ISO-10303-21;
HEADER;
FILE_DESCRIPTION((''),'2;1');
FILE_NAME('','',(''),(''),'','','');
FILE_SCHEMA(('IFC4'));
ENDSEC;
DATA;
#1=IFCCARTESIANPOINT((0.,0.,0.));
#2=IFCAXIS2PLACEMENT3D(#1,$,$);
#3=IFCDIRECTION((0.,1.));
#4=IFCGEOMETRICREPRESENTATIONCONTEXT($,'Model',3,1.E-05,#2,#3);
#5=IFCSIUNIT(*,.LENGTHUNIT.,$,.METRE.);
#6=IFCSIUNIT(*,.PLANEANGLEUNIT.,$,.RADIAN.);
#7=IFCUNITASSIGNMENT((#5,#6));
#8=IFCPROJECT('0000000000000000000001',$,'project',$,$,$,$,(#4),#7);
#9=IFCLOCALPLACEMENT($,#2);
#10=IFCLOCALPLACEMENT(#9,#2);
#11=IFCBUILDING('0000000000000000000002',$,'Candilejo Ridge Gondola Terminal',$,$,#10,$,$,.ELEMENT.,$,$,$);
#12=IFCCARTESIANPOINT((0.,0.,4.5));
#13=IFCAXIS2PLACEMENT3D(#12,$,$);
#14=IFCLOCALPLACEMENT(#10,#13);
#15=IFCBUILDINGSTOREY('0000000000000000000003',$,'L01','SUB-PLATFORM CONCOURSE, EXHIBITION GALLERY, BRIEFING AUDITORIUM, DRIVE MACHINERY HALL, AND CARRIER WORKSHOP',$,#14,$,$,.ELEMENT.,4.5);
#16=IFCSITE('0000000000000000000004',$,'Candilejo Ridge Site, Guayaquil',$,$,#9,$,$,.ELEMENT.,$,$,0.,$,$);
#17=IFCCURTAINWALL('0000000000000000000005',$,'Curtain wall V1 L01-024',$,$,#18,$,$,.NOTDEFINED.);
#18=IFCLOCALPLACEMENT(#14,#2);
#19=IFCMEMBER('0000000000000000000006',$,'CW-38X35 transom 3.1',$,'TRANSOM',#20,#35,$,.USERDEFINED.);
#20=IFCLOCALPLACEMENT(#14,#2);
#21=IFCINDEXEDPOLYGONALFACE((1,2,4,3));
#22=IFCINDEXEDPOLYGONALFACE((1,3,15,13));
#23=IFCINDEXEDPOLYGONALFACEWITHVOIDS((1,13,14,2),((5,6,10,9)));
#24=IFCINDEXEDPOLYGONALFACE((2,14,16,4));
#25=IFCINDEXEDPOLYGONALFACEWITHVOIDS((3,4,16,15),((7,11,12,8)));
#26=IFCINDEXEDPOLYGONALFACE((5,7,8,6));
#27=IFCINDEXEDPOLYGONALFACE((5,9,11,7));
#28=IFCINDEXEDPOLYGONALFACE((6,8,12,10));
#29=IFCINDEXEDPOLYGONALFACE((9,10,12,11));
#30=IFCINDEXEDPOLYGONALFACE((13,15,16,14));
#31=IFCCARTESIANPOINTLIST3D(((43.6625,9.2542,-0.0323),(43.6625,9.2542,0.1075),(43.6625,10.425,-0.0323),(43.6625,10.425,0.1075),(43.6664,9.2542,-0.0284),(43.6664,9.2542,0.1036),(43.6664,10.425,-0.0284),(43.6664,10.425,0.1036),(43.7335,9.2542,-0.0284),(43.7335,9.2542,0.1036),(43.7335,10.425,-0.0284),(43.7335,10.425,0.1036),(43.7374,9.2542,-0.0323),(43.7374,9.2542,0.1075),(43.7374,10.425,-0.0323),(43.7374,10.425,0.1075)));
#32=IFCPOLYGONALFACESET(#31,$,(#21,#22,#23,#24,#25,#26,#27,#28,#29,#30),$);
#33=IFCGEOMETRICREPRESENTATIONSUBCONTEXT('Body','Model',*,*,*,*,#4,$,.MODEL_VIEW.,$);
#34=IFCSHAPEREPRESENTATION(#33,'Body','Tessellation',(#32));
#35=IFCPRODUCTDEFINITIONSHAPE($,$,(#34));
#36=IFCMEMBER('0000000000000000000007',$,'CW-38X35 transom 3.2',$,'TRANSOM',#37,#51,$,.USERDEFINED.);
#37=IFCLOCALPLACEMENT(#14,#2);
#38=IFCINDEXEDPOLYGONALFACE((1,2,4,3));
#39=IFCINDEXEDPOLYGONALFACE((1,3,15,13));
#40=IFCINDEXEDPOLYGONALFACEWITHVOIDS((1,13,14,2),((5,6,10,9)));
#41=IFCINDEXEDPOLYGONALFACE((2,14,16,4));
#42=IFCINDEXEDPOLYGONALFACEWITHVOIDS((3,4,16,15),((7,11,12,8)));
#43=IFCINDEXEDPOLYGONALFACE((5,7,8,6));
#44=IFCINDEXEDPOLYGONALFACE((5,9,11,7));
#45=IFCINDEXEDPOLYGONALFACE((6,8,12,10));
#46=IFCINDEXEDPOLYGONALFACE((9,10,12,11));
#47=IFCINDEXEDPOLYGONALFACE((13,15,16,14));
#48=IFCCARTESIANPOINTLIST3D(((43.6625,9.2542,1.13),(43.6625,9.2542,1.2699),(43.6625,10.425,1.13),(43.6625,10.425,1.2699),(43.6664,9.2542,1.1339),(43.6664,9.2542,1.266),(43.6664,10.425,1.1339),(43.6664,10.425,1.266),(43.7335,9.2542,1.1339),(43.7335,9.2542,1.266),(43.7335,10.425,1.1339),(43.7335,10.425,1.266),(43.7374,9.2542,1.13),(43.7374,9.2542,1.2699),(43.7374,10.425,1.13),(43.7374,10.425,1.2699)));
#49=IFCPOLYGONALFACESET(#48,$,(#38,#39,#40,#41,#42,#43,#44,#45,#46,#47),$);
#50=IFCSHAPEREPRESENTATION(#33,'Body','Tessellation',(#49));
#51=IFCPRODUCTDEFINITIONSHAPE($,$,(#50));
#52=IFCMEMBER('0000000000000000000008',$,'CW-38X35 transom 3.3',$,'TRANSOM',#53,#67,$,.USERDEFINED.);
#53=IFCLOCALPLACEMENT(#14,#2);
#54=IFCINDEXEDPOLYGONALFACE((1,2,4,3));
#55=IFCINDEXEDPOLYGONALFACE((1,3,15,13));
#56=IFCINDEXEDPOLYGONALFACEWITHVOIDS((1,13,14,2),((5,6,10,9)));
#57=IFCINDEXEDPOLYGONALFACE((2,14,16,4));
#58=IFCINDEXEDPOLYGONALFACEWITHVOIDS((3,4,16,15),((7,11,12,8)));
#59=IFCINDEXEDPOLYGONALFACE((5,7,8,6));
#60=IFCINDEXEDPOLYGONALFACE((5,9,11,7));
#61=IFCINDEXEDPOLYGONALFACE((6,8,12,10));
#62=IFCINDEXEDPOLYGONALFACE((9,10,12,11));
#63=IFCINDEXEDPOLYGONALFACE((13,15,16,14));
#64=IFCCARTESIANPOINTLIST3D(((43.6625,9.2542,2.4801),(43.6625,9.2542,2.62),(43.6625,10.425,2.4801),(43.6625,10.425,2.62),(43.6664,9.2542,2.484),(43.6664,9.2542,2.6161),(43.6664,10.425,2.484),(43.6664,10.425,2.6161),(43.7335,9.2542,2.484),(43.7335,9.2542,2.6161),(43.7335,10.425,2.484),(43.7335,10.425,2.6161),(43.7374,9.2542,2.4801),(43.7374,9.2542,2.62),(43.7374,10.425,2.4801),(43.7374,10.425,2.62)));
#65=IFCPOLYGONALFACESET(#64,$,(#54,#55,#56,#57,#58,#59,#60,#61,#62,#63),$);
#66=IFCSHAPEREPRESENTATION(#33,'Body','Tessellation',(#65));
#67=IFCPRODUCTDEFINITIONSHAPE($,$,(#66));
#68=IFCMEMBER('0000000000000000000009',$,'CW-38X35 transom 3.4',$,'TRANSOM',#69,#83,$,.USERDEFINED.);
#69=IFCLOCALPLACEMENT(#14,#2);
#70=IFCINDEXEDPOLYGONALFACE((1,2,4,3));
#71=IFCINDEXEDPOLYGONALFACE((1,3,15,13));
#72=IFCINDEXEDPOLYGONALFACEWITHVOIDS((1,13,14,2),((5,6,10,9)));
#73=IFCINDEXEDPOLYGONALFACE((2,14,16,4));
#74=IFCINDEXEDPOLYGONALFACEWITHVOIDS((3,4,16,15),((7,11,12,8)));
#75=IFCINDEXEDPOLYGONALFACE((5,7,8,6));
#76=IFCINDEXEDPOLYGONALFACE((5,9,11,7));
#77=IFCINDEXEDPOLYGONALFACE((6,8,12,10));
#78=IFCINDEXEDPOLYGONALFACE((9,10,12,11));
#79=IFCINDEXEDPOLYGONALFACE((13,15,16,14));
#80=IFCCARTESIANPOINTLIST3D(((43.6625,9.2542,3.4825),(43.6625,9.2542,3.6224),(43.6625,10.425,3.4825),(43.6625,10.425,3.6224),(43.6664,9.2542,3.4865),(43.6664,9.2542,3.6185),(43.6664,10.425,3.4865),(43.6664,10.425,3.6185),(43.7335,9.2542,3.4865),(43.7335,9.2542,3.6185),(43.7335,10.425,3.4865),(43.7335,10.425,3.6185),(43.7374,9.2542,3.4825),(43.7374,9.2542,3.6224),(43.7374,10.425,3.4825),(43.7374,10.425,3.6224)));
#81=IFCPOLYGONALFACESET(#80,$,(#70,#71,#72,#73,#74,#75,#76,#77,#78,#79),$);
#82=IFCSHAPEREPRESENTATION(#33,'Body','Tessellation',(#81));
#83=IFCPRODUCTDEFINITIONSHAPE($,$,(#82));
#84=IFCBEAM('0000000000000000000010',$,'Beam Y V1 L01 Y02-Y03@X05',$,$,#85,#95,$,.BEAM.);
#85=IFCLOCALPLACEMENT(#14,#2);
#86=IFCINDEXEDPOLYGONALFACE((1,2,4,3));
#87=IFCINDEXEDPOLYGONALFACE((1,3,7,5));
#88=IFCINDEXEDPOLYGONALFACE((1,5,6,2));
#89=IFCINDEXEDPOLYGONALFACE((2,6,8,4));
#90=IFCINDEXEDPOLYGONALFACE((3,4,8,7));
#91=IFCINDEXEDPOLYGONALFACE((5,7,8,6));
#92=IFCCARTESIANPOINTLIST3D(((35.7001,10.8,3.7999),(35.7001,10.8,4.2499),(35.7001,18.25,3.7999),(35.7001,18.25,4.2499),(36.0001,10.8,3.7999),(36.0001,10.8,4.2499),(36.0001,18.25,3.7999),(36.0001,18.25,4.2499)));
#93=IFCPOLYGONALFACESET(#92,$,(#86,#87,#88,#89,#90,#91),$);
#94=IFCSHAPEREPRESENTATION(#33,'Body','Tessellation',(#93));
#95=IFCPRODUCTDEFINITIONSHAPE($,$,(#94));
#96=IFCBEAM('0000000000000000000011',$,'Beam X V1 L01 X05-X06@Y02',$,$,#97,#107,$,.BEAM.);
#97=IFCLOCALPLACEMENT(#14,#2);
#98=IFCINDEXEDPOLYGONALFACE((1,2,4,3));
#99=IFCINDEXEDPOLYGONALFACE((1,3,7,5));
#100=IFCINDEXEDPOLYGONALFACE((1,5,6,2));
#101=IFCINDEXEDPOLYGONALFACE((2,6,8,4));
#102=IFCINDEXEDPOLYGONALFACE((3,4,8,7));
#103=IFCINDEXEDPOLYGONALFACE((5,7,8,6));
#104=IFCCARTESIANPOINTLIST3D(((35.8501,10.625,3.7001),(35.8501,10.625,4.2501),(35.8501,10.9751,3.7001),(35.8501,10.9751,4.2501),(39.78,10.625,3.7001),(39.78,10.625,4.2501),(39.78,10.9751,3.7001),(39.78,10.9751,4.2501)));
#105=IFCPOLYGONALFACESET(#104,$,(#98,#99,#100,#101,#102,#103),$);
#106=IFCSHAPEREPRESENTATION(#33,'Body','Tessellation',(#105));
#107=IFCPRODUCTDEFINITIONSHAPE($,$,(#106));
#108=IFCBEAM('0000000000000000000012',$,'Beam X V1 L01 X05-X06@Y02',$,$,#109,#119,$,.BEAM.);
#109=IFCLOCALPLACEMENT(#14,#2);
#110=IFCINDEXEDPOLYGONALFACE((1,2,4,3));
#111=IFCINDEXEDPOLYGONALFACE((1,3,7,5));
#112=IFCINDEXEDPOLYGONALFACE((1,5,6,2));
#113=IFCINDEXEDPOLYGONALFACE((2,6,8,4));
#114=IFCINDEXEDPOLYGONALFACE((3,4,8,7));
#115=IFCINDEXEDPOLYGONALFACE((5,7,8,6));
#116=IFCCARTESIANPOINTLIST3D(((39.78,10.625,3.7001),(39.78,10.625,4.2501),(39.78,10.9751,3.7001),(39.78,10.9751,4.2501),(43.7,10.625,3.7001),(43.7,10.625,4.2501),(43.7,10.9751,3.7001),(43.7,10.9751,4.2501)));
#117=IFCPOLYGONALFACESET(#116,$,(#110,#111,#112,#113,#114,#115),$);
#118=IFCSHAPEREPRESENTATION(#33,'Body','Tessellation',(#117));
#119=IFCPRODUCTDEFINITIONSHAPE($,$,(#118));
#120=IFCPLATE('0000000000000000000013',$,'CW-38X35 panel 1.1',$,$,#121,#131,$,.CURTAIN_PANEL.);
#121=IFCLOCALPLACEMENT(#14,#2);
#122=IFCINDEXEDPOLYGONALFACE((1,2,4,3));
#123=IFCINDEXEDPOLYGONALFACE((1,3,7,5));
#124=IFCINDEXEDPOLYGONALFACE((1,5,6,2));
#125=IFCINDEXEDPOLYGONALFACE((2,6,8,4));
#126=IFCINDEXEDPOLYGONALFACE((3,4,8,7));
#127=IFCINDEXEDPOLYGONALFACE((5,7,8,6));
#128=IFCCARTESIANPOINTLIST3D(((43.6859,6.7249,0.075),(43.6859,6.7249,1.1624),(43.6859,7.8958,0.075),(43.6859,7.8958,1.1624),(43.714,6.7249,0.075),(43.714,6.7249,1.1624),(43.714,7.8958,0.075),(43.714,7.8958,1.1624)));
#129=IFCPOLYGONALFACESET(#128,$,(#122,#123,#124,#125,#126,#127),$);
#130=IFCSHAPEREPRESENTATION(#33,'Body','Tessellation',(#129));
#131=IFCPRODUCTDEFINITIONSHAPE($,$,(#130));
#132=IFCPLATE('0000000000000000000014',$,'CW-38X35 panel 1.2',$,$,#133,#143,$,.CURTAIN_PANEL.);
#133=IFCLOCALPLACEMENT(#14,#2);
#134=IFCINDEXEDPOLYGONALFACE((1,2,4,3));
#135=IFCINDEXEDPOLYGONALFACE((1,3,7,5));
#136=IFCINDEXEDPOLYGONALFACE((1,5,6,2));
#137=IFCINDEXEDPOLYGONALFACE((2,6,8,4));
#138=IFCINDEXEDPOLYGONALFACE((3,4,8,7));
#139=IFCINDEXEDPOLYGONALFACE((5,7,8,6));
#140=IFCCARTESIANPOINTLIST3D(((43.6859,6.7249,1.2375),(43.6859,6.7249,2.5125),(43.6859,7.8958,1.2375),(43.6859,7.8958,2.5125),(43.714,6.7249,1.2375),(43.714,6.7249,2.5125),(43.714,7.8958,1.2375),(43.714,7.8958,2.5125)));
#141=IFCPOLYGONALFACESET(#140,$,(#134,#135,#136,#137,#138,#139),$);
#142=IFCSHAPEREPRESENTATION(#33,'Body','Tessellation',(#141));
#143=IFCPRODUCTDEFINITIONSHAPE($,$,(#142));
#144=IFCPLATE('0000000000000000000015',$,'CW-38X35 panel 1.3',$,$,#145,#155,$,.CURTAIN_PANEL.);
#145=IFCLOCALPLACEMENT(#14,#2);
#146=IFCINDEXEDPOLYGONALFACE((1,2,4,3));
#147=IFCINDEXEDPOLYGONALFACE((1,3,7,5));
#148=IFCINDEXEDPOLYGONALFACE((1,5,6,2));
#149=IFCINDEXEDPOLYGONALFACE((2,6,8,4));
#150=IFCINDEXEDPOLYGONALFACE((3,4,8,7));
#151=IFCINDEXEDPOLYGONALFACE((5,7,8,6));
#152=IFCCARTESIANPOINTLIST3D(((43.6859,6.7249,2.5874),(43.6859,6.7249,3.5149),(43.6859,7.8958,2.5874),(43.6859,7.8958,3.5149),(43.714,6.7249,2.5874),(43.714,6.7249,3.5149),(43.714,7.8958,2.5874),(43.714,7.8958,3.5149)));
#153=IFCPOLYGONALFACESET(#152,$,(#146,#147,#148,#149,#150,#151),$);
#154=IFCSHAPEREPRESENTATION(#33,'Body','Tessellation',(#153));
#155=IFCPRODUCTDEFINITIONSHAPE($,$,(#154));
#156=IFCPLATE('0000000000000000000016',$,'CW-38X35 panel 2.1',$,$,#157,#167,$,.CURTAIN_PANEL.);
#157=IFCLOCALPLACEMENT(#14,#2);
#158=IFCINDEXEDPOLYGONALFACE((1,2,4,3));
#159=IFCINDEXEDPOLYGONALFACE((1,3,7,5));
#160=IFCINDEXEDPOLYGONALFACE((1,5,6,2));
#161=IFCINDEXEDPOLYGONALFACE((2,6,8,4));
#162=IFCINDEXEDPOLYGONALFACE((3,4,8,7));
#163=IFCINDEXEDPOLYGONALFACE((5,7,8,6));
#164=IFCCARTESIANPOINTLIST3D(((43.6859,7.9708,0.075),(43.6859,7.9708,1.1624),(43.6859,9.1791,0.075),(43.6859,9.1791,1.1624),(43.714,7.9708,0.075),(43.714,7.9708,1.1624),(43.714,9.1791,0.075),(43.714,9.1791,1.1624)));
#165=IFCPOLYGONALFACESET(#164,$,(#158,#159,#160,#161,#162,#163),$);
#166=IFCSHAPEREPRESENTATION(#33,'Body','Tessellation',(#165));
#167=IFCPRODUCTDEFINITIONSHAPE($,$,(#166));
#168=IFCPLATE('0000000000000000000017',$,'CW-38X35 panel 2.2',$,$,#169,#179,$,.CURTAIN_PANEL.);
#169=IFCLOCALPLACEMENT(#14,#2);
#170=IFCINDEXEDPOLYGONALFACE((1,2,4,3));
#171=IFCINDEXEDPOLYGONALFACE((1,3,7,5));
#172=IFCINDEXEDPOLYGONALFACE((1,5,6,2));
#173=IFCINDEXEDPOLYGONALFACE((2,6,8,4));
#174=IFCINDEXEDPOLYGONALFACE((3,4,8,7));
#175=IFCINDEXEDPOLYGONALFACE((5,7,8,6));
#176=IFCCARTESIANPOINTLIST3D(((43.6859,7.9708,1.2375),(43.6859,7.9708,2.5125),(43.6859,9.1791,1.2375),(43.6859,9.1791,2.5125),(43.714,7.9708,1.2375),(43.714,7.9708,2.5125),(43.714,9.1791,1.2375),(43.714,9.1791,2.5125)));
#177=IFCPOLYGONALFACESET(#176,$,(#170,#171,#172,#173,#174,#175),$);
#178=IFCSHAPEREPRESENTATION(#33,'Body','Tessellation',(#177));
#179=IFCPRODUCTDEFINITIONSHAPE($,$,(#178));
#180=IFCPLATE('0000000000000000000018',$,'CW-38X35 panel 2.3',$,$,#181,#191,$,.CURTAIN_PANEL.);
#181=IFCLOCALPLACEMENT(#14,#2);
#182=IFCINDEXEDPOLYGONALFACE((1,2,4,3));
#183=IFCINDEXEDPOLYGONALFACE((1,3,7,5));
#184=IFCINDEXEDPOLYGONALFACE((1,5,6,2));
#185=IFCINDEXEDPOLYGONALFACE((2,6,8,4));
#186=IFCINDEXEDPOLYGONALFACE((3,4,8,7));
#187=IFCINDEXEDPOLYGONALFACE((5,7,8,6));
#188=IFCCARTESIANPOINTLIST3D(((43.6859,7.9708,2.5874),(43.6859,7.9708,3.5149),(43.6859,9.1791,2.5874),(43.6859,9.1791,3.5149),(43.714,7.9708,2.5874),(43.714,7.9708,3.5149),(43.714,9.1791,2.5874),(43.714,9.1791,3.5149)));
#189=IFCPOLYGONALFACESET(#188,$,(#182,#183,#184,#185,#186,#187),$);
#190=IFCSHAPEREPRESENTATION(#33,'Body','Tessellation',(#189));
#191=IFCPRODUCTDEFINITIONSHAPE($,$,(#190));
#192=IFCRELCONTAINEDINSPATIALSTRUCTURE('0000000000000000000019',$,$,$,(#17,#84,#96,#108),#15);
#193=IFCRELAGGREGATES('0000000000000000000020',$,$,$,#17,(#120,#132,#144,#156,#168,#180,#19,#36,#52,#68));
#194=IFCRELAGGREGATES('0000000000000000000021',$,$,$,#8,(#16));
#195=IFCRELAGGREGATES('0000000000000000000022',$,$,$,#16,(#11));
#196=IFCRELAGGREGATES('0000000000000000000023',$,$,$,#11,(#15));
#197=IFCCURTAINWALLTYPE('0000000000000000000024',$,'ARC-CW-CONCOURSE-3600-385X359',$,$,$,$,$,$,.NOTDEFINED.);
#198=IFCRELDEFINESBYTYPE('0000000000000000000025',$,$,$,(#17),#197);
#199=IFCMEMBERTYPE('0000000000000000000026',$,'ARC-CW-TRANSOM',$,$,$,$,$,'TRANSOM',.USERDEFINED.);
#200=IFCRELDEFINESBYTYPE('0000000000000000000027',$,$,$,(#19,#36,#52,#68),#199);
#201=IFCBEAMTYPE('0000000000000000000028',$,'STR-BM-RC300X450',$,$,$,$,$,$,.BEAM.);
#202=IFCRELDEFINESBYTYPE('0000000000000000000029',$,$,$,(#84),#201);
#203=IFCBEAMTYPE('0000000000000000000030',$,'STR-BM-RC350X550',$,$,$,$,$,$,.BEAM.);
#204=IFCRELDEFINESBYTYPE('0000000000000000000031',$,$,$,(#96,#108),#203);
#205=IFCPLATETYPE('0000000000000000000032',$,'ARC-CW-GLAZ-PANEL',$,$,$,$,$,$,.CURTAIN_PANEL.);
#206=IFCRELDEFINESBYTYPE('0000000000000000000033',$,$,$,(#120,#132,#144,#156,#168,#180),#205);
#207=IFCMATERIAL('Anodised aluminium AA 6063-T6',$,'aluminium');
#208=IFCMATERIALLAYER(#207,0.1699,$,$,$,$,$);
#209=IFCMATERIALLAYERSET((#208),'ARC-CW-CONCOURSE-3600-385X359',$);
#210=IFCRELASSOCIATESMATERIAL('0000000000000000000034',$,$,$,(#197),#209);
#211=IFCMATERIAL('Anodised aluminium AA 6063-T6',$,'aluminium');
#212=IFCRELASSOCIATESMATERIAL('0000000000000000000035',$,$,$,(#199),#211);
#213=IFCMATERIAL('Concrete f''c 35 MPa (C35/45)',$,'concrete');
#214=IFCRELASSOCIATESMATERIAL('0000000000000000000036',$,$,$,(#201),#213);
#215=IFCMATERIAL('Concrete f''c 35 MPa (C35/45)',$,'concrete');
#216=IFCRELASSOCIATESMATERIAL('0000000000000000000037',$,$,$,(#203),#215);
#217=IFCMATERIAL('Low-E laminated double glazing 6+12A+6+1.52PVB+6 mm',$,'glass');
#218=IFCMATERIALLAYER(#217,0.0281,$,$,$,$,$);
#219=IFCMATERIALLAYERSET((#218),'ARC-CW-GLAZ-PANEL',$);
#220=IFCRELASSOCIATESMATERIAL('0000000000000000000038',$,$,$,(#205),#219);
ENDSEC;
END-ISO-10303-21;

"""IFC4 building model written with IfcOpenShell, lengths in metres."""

from ifc_helpers import new_model, si_unit, direction, frame, origin, origin_2d, place, context, subcontext, project, spatial, rectangle, hollow_rectangle, extrude, material, layer, layer_set, material_profile, profile_set, type_object, element, aggregate, save


model = new_model("IFC4")

# Units and contexts
model_context = context("Model", 3, precision=1e-05, world=origin(), true_north=direction((0.0, 1.0)))
body_context = subcontext(model_context, "Body", "Model", "MODEL_VIEW")
ifc_project = project(units=[si_unit("LENGTHUNIT", "METRE"), si_unit("PLANEANGLEUNIT", "RADIAN")], contexts=[model_context])

# Site, building, storey
site_placement = place(None, origin())
site = spatial("IfcSite", under=ifc_project, at=site_placement, Name="Candilejo Ridge Site, Guayaquil", CompositionType="ELEMENT", RefElevation=0.0)
building_placement = place(site_placement, origin())
building = spatial("IfcBuilding", under=site, at=building_placement, Name="Candilejo Ridge Gondola Terminal", CompositionType="ELEMENT")
storey_placement = place(building_placement, frame((0.0, 0.0, 4.5)))
storey = spatial("IfcBuildingStorey", under=building, at=storey_placement, Name="L01", Description="SUB-PLATFORM CONCOURSE, EXHIBITION GALLERY, BRIEFING AUDITORIUM, DRIVE MACHINERY HALL, AND CARRIER WORKSHOP", CompositionType="ELEMENT", Elevation=4.5)

# Curtain wall, members
ifc_material_1 = material(Name="Anodised aluminium AA 6063-T6", Category="aluminium")
ifc_layer_1 = layer(ifc_material_1, 0.1699)
ifc_layer_set_1 = layer_set([ifc_layer_1], Name="ARC-CW-CONCOURSE-3600-385X359")
curtain_wall_type = type_object("IfcCurtainWallType", Name="ARC-CW-CONCOURSE-3600-385X359", PredefinedType="NOTDEFINED", material=ifc_layer_set_1)
curtain_wall_placement = place(storey_placement, origin())
curtain_wall = element("IfcCurtainWall", 1, at=curtain_wall_placement, inside=storey, type_object=curtain_wall_type, Name="Curtain wall V1 L01-024", PredefinedType="NOTDEFINED")
ifc_material_2 = material(Name="Anodised aluminium AA 6063-T6", Category="aluminium")
ifc_material_profile_1 = material_profile(ifc_material_2, hollow_rectangle(XDim=0.075, YDim=0.1399, WallThickness=0.0039, at=origin_2d()))
ifc_profile_set_1 = profile_set([ifc_material_profile_1], Name="Anodised aluminium AA 6063-T6")
member_type_1 = type_object("IfcMemberType", Name="ARC-CW-TRANSOM", ElementType="TRANSOM", PredefinedType="USERDEFINED", material=ifc_profile_set_1)
member_1_placement = place(storey_placement, frame((43.7, 9.2542, 0.0376), z_axis=(0.0, 1.0, 0.0), x_axis=(-1.0, 0.0, 0.0)))
member_1 = element("IfcMember", 2, at=member_1_placement, type_object=member_type_1, Name="CW-38X35 transom 3.1", ObjectType="TRANSOM", PredefinedType="USERDEFINED", context=body_context, shape_type="SweptSolid", body=[
    extrude(hollow_rectangle(XDim=0.075, YDim=0.1399, WallThickness=0.0039, at=origin_2d()), origin(), (0.0, 0.0, 1.0), 1.1709),
])
member_2_placement = place(storey_placement, frame((43.7, 9.2542, 1.2), z_axis=(0.0, 1.0, 0.0), x_axis=(-1.0, 0.0, 0.0)))
member_2 = element("IfcMember", 3, at=member_2_placement, type_object=member_type_1, Name="CW-38X35 transom 3.2", ObjectType="TRANSOM", PredefinedType="USERDEFINED", context=body_context, shape_type="SweptSolid", body=[
    extrude(hollow_rectangle(XDim=0.075, YDim=0.1399, WallThickness=0.0039, at=origin_2d()), origin(), (0.0, 0.0, 1.0), 1.1709),
])
member_3_placement = place(storey_placement, frame((43.7, 9.2542, 2.55), z_axis=(0.0, 1.0, 0.0), x_axis=(-1.0, 0.0, 0.0)))
member_3 = element("IfcMember", 4, at=member_3_placement, type_object=member_type_1, Name="CW-38X35 transom 3.3", ObjectType="TRANSOM", PredefinedType="USERDEFINED", context=body_context, shape_type="SweptSolid", body=[
    extrude(hollow_rectangle(XDim=0.075, YDim=0.1399, WallThickness=0.0039, at=origin_2d()), origin(), (0.0, 0.0, 1.0), 1.1709),
])
member_4_placement = place(storey_placement, frame((43.7, 9.2542, 3.5525), z_axis=(0.0, 1.0, 0.0), x_axis=(-1.0, 0.0, 0.0)))
member_4 = element("IfcMember", 5, at=member_4_placement, type_object=member_type_1, Name="CW-38X35 transom 3.4", ObjectType="TRANSOM", PredefinedType="USERDEFINED", context=body_context, shape_type="SweptSolid", body=[
    extrude(hollow_rectangle(XDim=0.075, YDim=0.1399, WallThickness=0.0039, at=origin_2d()), origin(), (0.0, 0.0, 1.0), 1.1709),
])

# Beams
ifc_material_3 = material(Name="Concrete f'c 35 MPa (C35/45)", Category="concrete")
ifc_material_profile_2 = material_profile(ifc_material_3, rectangle(XDim=0.3, YDim=0.45, at=origin_2d()))
ifc_profile_set_2 = profile_set([ifc_material_profile_2], Name="Concrete f'c 35 MPa (C35/45)")
beam_type_1 = type_object("IfcBeamType", Name="STR-BM-RC300X450", PredefinedType="BEAM", material=ifc_profile_set_2)
beam_1_placement = place(storey_placement, frame((35.8501, 10.8, 4.0249), z_axis=(0.0, 1.0, 0.0), x_axis=(-1.0, 0.0, 0.0)))
element("IfcBeam", 6, at=beam_1_placement, inside=storey, type_object=beam_type_1, Name="Beam Y V1 L01 Y02-Y03@X05", PredefinedType="BEAM", context=body_context, shape_type="SweptSolid", body=[
    extrude(rectangle(XDim=0.3, YDim=0.45, at=origin_2d()), origin(), (0.0, 0.0, 1.0), 7.45),
])
ifc_material_4 = material(Name="Concrete f'c 35 MPa (C35/45)", Category="concrete")
ifc_material_profile_3 = material_profile(ifc_material_4, rectangle(XDim=0.3501, YDim=0.55, at=origin_2d()))
ifc_profile_set_3 = profile_set([ifc_material_profile_3], Name="Concrete f'c 35 MPa (C35/45)")
beam_type_2 = type_object("IfcBeamType", Name="STR-BM-RC350X550", PredefinedType="BEAM", material=ifc_profile_set_3)
beam_2_placement = place(storey_placement, frame((35.8501, 10.8, 3.9751), z_axis=(1.0, 0.0, 0.0), x_axis=(0.0, 1.0, 0.0)))
element("IfcBeam", 7, at=beam_2_placement, inside=storey, type_object=beam_type_2, Name="Beam X V1 L01 X05-X06@Y02", PredefinedType="BEAM", context=body_context, shape_type="SweptSolid", body=[
    extrude(rectangle(XDim=0.3501, YDim=0.55, at=origin_2d()), origin(), (0.0, 0.0, 1.0), 3.9299),
])
beam_3_placement = place(storey_placement, frame((39.78, 10.8, 3.9751), z_axis=(1.0, 0.0, 0.0), x_axis=(0.0, 1.0, 0.0)))
element("IfcBeam", 8, at=beam_3_placement, inside=storey, type_object=beam_type_2, Name="Beam X V1 L01 X05-X06@Y02", PredefinedType="BEAM", context=body_context, shape_type="SweptSolid", body=[
    extrude(rectangle(XDim=0.3501, YDim=0.55, at=origin_2d()), origin(), (0.0, 0.0, 1.0), 3.9199),
])

# Plates
ifc_material_5 = material(Name="Low-E laminated double glazing 6+12A+6+1.52PVB+6 mm", Category="glass")
ifc_layer_2 = layer(ifc_material_5, 0.0281)
ifc_layer_set_2 = layer_set([ifc_layer_2], Name="ARC-CW-GLAZ-PANEL")
plate_type = type_object("IfcPlateType", Name="ARC-CW-GLAZ-PANEL", PredefinedType="CURTAIN_PANEL", material=ifc_layer_set_2)
plate_1_placement = place(storey_placement, frame((43.7, 7.3103, 0.075), z_axis=(0.0, 0.0, 1.0), x_axis=(0.0, 1.0, 0.0)))
plate_1 = element("IfcPlate", 9, at=plate_1_placement, type_object=plate_type, Name="CW-38X35 panel 1.1", PredefinedType="CURTAIN_PANEL", context=body_context, shape_type="SweptSolid", body=[
    extrude(rectangle(XDim=1.1709, YDim=0.0281, at=origin_2d()), origin(), (0.0, 0.0, 1.0), 1.0874),
])
plate_2_placement = place(storey_placement, frame((43.7, 7.3103, 1.2375), z_axis=(0.0, 0.0, 1.0), x_axis=(0.0, 1.0, 0.0)))
plate_2 = element("IfcPlate", 10, at=plate_2_placement, type_object=plate_type, Name="CW-38X35 panel 1.2", PredefinedType="CURTAIN_PANEL", context=body_context, shape_type="SweptSolid", body=[
    extrude(rectangle(XDim=1.1709, YDim=0.0281, at=origin_2d()), origin(), (0.0, 0.0, 1.0), 1.2749),
])
plate_3_placement = place(storey_placement, frame((43.7, 7.3103, 2.5874), z_axis=(0.0, 0.0, 1.0), x_axis=(0.0, 1.0, 0.0)))
plate_3 = element("IfcPlate", 11, at=plate_3_placement, type_object=plate_type, Name="CW-38X35 panel 1.3", PredefinedType="CURTAIN_PANEL", context=body_context, shape_type="SweptSolid", body=[
    extrude(rectangle(XDim=1.1709, YDim=0.0281, at=origin_2d()), origin(), (0.0, 0.0, 1.0), 0.9275),
])
plate_4_placement = place(storey_placement, frame((43.7, 8.575, 0.075), z_axis=(0.0, 0.0, 1.0), x_axis=(0.0, 1.0, 0.0)))
plate_4 = element("IfcPlate", 12, at=plate_4_placement, type_object=plate_type, Name="CW-38X35 panel 2.1", PredefinedType="CURTAIN_PANEL", context=body_context, shape_type="SweptSolid", body=[
    extrude(rectangle(XDim=1.2083, YDim=0.0281, at=origin_2d()), origin(), (0.0, 0.0, 1.0), 1.0874),
])
plate_5_placement = place(storey_placement, frame((43.7, 8.575, 1.2375), z_axis=(0.0, 0.0, 1.0), x_axis=(0.0, 1.0, 0.0)))
plate_5 = element("IfcPlate", 13, at=plate_5_placement, type_object=plate_type, Name="CW-38X35 panel 2.2", PredefinedType="CURTAIN_PANEL", context=body_context, shape_type="SweptSolid", body=[
    extrude(rectangle(XDim=1.2083, YDim=0.0281, at=origin_2d()), origin(), (0.0, 0.0, 1.0), 1.2749),
])
plate_6_placement = place(storey_placement, frame((43.7, 8.575, 2.5874), z_axis=(0.0, 0.0, 1.0), x_axis=(0.0, 1.0, 0.0)))
plate_6 = element("IfcPlate", 14, at=plate_6_placement, type_object=plate_type, Name="CW-38X35 panel 2.3", PredefinedType="CURTAIN_PANEL", context=body_context, shape_type="SweptSolid", body=[
    extrude(rectangle(XDim=1.2083, YDim=0.0281, at=origin_2d()), origin(), (0.0, 0.0, 1.0), 0.9275),
])
aggregate(curtain_wall, [plate_1, plate_2, plate_3, plate_4, plate_5, plate_6, member_1, member_2, member_3, member_4])

save(model, "model.ifc")
